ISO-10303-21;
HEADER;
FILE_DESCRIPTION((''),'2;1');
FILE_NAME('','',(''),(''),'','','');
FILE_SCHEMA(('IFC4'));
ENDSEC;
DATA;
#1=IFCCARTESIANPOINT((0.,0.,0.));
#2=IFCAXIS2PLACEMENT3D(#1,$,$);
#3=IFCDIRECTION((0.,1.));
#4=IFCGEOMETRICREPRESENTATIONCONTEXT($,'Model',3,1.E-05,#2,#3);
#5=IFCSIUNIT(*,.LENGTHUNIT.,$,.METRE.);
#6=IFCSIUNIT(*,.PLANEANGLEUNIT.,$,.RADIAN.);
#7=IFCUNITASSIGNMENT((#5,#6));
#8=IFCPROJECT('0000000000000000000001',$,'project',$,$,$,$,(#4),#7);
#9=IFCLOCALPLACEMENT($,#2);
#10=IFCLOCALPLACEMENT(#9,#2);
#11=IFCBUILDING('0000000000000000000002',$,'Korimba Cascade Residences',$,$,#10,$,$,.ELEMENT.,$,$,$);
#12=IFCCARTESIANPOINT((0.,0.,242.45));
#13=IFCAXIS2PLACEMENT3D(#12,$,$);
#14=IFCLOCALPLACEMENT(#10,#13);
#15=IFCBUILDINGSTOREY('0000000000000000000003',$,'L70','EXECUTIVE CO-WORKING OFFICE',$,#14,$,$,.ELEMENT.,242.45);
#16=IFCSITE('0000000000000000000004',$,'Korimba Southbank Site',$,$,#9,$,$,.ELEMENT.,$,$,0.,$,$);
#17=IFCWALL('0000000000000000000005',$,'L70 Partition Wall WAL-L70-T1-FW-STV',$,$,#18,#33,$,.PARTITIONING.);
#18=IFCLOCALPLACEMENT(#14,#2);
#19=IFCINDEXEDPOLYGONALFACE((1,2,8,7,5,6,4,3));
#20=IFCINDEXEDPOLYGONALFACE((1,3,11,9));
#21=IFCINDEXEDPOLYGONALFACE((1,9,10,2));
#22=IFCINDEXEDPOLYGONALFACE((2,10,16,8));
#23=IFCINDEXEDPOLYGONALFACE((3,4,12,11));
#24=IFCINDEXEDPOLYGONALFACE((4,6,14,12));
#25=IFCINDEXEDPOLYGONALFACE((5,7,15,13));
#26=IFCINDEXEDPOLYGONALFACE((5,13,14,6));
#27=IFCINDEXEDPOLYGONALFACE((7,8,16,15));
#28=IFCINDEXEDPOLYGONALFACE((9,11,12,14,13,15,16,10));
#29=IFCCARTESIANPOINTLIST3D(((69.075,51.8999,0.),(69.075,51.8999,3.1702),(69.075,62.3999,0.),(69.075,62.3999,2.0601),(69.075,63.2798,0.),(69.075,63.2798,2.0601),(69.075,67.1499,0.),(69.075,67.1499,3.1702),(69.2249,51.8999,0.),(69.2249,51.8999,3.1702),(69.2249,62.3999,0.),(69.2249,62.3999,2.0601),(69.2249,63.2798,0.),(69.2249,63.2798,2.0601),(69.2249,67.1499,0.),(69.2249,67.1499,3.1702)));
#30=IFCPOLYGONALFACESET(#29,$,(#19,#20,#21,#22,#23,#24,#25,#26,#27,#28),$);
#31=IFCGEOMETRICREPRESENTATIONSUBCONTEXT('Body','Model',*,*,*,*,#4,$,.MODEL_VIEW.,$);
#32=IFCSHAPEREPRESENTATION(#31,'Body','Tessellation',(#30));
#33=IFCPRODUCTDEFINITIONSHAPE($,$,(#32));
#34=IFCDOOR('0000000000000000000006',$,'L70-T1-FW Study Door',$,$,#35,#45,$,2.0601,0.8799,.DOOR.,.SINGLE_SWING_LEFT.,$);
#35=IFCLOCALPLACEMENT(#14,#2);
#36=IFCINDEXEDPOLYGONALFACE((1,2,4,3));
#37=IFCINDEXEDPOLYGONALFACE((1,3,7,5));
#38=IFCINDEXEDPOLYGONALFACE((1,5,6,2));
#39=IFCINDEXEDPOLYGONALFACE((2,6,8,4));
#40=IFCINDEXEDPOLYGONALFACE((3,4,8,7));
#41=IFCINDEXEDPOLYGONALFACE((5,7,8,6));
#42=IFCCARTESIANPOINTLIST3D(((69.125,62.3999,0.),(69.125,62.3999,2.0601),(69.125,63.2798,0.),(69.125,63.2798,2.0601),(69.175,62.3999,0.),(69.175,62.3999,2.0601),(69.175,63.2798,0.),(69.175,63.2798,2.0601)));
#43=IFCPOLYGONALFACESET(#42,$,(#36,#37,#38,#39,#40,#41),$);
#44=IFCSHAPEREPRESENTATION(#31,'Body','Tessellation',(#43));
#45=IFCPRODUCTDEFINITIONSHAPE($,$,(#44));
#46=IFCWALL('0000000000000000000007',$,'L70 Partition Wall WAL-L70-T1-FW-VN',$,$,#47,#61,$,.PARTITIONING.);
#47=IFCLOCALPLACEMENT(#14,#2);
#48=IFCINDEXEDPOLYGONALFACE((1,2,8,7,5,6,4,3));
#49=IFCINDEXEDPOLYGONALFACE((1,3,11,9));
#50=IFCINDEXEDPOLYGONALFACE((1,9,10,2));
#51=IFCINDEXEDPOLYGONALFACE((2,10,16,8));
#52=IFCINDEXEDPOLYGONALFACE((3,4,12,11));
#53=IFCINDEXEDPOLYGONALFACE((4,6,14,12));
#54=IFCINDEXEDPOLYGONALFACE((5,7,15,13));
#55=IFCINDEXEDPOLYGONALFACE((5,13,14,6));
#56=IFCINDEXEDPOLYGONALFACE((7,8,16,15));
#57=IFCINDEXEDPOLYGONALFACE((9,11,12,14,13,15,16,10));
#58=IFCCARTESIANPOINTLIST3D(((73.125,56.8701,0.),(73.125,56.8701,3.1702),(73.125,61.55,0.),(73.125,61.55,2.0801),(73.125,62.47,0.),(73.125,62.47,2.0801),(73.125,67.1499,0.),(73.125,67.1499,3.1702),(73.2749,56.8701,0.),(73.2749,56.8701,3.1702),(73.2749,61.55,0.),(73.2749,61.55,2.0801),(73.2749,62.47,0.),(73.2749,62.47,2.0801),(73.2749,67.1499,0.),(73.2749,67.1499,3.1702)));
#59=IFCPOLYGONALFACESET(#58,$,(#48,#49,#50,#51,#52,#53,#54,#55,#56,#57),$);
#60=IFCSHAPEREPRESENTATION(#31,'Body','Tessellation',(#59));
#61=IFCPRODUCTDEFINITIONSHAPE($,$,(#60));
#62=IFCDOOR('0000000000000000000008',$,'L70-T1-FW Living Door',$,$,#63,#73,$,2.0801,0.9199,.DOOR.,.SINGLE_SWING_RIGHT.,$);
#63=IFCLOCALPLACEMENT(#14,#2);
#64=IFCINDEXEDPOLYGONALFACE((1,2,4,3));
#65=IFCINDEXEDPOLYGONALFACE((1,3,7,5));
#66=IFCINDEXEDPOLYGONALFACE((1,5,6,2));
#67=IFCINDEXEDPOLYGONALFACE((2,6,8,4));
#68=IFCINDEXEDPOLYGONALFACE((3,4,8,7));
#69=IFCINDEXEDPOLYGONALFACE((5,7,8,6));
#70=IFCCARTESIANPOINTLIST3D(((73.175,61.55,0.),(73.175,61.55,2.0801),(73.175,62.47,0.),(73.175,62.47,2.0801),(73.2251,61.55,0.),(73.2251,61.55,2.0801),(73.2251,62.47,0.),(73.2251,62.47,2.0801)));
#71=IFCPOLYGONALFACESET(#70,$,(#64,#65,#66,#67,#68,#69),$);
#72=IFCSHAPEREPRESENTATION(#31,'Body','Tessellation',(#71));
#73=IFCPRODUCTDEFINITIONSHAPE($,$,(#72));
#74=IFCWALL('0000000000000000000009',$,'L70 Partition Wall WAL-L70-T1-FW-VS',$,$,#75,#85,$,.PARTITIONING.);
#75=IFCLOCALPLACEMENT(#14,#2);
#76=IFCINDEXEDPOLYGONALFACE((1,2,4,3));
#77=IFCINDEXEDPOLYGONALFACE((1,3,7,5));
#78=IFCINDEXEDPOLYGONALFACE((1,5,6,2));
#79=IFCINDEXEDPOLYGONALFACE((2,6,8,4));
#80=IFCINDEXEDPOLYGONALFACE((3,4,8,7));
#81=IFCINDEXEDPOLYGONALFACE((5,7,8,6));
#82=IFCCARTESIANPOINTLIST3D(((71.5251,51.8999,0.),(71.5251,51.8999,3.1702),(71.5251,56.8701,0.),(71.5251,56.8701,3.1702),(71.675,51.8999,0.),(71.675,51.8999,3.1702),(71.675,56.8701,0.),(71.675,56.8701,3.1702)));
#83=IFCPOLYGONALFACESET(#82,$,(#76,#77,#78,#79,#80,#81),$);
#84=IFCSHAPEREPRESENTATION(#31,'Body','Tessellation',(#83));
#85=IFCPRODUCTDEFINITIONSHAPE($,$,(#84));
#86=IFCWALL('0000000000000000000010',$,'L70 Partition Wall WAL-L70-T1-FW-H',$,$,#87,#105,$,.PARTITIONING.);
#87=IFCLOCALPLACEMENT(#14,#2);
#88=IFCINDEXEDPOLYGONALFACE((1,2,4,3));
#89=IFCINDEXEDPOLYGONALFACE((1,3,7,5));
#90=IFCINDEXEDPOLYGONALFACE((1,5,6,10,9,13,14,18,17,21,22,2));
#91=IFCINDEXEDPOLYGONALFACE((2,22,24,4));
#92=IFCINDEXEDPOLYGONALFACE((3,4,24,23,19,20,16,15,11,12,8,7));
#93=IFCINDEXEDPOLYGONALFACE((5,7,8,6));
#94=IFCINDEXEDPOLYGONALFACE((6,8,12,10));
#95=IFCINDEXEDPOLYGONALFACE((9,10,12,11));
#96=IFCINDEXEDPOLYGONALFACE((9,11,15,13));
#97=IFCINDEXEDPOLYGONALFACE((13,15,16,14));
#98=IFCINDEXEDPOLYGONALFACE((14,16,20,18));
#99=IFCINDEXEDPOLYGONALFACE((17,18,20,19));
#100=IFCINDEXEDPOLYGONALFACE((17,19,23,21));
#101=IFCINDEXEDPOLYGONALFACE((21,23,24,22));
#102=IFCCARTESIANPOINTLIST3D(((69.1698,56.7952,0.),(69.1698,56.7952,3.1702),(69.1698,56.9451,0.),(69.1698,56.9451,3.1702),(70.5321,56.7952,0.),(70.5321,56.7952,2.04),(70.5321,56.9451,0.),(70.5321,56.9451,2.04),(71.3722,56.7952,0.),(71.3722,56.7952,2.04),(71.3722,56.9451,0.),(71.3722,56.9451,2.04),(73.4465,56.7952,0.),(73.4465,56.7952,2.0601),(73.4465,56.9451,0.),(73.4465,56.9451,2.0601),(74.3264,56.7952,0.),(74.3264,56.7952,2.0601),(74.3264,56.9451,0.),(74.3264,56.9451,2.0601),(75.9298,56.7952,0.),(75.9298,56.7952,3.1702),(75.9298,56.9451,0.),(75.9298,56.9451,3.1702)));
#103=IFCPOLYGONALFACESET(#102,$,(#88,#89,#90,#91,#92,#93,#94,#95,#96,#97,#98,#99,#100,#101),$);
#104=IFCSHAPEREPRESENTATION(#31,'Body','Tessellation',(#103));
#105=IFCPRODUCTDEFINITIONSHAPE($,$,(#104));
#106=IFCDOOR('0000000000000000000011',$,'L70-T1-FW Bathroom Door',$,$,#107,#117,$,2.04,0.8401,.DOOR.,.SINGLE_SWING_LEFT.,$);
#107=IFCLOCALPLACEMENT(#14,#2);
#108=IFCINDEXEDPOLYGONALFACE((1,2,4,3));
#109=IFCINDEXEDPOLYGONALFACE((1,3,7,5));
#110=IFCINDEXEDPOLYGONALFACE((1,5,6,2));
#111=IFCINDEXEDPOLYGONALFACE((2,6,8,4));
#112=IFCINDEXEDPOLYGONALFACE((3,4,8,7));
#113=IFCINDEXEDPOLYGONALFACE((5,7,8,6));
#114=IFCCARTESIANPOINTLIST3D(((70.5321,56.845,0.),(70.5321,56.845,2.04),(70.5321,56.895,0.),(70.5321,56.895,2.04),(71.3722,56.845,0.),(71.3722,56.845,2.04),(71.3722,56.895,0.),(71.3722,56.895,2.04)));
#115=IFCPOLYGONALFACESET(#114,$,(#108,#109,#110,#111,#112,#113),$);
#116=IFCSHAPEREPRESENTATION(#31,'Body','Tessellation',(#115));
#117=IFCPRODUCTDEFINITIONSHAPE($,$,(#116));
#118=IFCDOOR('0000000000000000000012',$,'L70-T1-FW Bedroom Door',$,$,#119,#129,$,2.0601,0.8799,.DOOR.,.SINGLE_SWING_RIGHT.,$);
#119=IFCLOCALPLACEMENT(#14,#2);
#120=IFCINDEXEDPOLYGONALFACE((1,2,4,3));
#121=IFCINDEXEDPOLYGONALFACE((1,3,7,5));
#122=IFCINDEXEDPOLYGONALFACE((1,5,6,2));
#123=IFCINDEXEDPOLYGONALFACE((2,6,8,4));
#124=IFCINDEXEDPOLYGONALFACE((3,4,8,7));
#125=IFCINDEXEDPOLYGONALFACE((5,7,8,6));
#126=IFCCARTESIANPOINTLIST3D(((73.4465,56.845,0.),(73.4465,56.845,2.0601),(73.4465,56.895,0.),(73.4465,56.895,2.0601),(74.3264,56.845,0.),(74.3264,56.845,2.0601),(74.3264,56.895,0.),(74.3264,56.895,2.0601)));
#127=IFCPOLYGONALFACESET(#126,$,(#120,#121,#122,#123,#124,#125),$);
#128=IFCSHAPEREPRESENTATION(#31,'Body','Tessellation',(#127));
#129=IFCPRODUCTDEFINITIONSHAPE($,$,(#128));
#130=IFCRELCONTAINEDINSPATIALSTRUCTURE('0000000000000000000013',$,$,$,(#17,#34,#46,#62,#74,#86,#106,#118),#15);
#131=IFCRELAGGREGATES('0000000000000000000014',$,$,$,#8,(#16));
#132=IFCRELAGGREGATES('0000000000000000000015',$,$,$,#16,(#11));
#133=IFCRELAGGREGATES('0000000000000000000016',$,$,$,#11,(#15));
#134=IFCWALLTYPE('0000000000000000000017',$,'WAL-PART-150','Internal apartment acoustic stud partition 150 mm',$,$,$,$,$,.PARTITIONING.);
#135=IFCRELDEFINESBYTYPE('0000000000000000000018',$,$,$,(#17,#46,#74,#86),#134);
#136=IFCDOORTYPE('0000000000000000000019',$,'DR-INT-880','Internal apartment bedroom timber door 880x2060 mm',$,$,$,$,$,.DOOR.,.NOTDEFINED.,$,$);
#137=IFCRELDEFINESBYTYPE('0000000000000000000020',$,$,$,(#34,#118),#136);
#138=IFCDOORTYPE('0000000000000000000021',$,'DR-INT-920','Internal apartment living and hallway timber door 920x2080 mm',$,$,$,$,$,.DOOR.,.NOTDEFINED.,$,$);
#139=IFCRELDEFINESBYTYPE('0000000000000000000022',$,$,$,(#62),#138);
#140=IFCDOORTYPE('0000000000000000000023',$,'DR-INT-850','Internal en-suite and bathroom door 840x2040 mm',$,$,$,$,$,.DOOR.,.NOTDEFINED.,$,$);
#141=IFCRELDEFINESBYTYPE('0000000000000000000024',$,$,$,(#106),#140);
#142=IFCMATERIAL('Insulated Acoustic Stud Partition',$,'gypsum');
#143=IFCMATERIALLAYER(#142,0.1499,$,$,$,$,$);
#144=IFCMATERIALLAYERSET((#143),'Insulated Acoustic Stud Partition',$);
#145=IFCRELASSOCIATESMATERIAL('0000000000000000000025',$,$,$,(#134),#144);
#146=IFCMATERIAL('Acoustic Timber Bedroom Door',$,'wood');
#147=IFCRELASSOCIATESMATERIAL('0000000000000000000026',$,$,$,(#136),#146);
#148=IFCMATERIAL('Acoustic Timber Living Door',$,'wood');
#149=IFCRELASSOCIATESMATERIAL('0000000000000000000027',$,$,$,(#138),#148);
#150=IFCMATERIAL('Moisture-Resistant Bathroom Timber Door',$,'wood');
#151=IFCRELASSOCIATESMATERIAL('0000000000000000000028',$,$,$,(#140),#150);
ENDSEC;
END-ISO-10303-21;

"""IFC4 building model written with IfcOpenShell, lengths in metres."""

from ifc_helpers import new_model, si_unit, direction, frame, frame_2d, origin, place, context, subcontext, project, spatial, rectangle, extrude, material, layer, layer_set, type_object, element, fill, save


model = new_model("IFC4")

# Units and contexts
model_context = context("Model", 3, precision=1e-05, world=origin(), true_north=direction((0.0, 1.0)))
body_context = subcontext(model_context, "Body", "Model", "MODEL_VIEW")
ifc_project = project(units=[si_unit("LENGTHUNIT", "METRE"), si_unit("PLANEANGLEUNIT", "RADIAN")], contexts=[model_context])

# Site, building, storey
site_placement = place(None, origin())
site = spatial("IfcSite", under=ifc_project, at=site_placement, Name="Korimba Southbank Site", CompositionType="ELEMENT", RefElevation=0.0)
building_placement = place(site_placement, origin())
building = spatial("IfcBuilding", under=site, at=building_placement, Name="Korimba Cascade Residences", CompositionType="ELEMENT")
storey_placement = place(building_placement, frame((0.0, 0.0, 242.45)))
storey = spatial("IfcBuildingStorey", under=building, at=storey_placement, Name="L70", Description="EXECUTIVE CO-WORKING OFFICE", CompositionType="ELEMENT", Elevation=242.45)

# Walls, openings, doors
ifc_material_1 = material(Name="Insulated Acoustic Stud Partition", Category="gypsum")
ifc_layer_1 = layer(ifc_material_1, 0.1499)
ifc_layer_set_1 = layer_set([ifc_layer_1], Name="Insulated Acoustic Stud Partition")
wall_type_1 = type_object("IfcWallType", Name="WAL-PART-150", Description="Internal apartment acoustic stud partition 150 mm", PredefinedType="PARTITIONING", material=ifc_layer_set_1)
wall_1_placement = place(storey_placement, frame((69.1499, 51.8999, 0.0), z_axis=(0.0, 0.0, 1.0), x_axis=(0.0, 1.0, 0.0)))
wall_1 = element("IfcWall", 1, at=wall_1_placement, inside=storey, type_object=wall_type_1, Name="L70 Partition Wall WAL-L70-T1-FW-STV", PredefinedType="PARTITIONING", context=body_context, shape_type="SweptSolid", body=[
    extrude(rectangle(XDim=15.25, YDim=0.1499, at=frame_2d((7.625, 0.0))), origin(), (0.0, 0.0, 1.0), 3.1702),
])
opening_1_placement = place(wall_1_placement, frame((10.5, 0.0, 0.0)))
opening_1 = element("IfcOpeningElement", 2, at=opening_1_placement, cuts=wall_1, PredefinedType="OPENING", context=body_context, shape_type="SweptSolid", body=[
    extrude(rectangle(XDim=0.8799, YDim=2.0601, at=frame_2d((0.4399, 1.03))), frame((0.0, 0.085, 0.0), z_axis=(0.0, -1.0, 0.0), x_axis=(1.0, 0.0, 0.0)), (0.0, 0.0, 1.0), 0.1699),
])
ifc_material_2 = material(Name="Acoustic Timber Bedroom Door", Category="wood")
door_type_1 = type_object("IfcDoorType", Name="DR-INT-880", Description="Internal apartment bedroom timber door 880x2060 mm", OperationType="NOTDEFINED", PredefinedType="DOOR", material=ifc_material_2)
door_1_placement = place(opening_1_placement, origin())
door_1 = element("IfcDoor", 3, at=door_1_placement, inside=storey, type_object=door_type_1, Name="L70-T1-FW Study Door", OperationType="SINGLE_SWING_LEFT", OverallHeight=2.0601, OverallWidth=0.8799, PredefinedType="DOOR", context=body_context, shape_type="SweptSolid", body=[
    extrude(rectangle(XDim=0.8799, YDim=2.0601, at=frame_2d((0.4399, 1.03))), frame((0.0, 0.0249, 0.0), z_axis=(0.0, -1.0, 0.0), x_axis=(1.0, 0.0, 0.0)), (0.0, 0.0, 1.0), 0.05),
])
fill(opening_1, door_1)
wall_2_placement = place(storey_placement, frame((73.2, 56.8701, 0.0), z_axis=(0.0, 0.0, 1.0), x_axis=(0.0, 1.0, 0.0)))
wall_2 = element("IfcWall", 4, at=wall_2_placement, inside=storey, type_object=wall_type_1, Name="L70 Partition Wall WAL-L70-T1-FW-VN", PredefinedType="PARTITIONING", context=body_context, shape_type="SweptSolid", body=[
    extrude(rectangle(XDim=10.2798, YDim=0.1499, at=frame_2d((5.1399, 0.0))), origin(), (0.0, 0.0, 1.0), 3.1702),
])
opening_2_placement = place(wall_2_placement, frame((4.6799, 0.0, 0.0)))
opening_2 = element("IfcOpeningElement", 5, at=opening_2_placement, cuts=wall_2, PredefinedType="OPENING", context=body_context, shape_type="SweptSolid", body=[
    extrude(rectangle(XDim=0.9199, YDim=2.0801, at=frame_2d((0.46, 1.04))), frame((0.0, 0.085, 0.0), z_axis=(0.0, -1.0, 0.0), x_axis=(1.0, 0.0, 0.0)), (0.0, 0.0, 1.0), 0.1699),
])
ifc_material_3 = material(Name="Acoustic Timber Living Door", Category="wood")
door_type_2 = type_object("IfcDoorType", Name="DR-INT-920", Description="Internal apartment living and hallway timber door 920x2080 mm", OperationType="NOTDEFINED", PredefinedType="DOOR", material=ifc_material_3)
door_2_placement = place(opening_2_placement, origin())
door_2 = element("IfcDoor", 6, at=door_2_placement, inside=storey, type_object=door_type_2, Name="L70-T1-FW Living Door", OperationType="SINGLE_SWING_RIGHT", OverallHeight=2.0801, OverallWidth=0.9199, PredefinedType="DOOR", context=body_context, shape_type="SweptSolid", body=[
    extrude(rectangle(XDim=0.9199, YDim=2.0801, at=frame_2d((0.46, 1.04))), frame((0.0, 0.0249, 0.0), z_axis=(0.0, -1.0, 0.0), x_axis=(1.0, 0.0, 0.0)), (0.0, 0.0, 1.0), 0.05),
])
fill(opening_2, door_2)

# Wall
wall_3_placement = place(storey_placement, frame((71.6001, 51.8999, 0.0), z_axis=(0.0, 0.0, 1.0), x_axis=(0.0, 1.0, 0.0)))
element("IfcWall", 7, at=wall_3_placement, inside=storey, type_object=wall_type_1, Name="L70 Partition Wall WAL-L70-T1-FW-VS", PredefinedType="PARTITIONING", context=body_context, shape_type="SweptSolid", body=[
    extrude(rectangle(XDim=4.9702, YDim=0.1499, at=frame_2d((2.4851, 0.0))), origin(), (0.0, 0.0, 1.0), 3.1702),
])

# Wall, openings, doors
wall_4_placement = place(storey_placement, frame((69.1699, 56.8701, 0.0), z_axis=(0.0, 0.0, 1.0), x_axis=(1.0, 0.0, 0.0)))
wall_4 = element("IfcWall", 8, at=wall_4_placement, inside=storey, type_object=wall_type_1, Name="L70 Partition Wall WAL-L70-T1-FW-H", PredefinedType="PARTITIONING", context=body_context, shape_type="SweptSolid", body=[
    extrude(rectangle(XDim=6.76, YDim=0.1499, at=frame_2d((3.3799, 0.0))), origin(), (0.0, 0.0, 1.0), 3.1702),
])
opening_3_placement = place(wall_4_placement, frame((1.3623, 0.0, 0.0)))
opening_3 = element("IfcOpeningElement", 9, at=opening_3_placement, cuts=wall_4, PredefinedType="OPENING", context=body_context, shape_type="SweptSolid", body=[
    extrude(rectangle(XDim=0.8401, YDim=2.04, at=frame_2d((0.4199, 1.02))), frame((0.0, 0.085, 0.0), z_axis=(0.0, -1.0, 0.0), x_axis=(1.0, 0.0, 0.0)), (0.0, 0.0, 1.0), 0.1699),
])
opening_4_placement = place(wall_4_placement, frame((4.2766, 0.0, 0.0)))
opening_4 = element("IfcOpeningElement", 10, at=opening_4_placement, cuts=wall_4, PredefinedType="OPENING", context=body_context, shape_type="SweptSolid", body=[
    extrude(rectangle(XDim=0.8799, YDim=2.0601, at=frame_2d((0.4399, 1.03))), frame((0.0, 0.085, 0.0), z_axis=(0.0, -1.0, 0.0), x_axis=(1.0, 0.0, 0.0)), (0.0, 0.0, 1.0), 0.1699),
])
ifc_material_4 = material(Name="Moisture-Resistant Bathroom Timber Door", Category="wood")
door_type_3 = type_object("IfcDoorType", Name="DR-INT-850", Description="Internal en-suite and bathroom door 840x2040 mm", OperationType="NOTDEFINED", PredefinedType="DOOR", material=ifc_material_4)
door_3_placement = place(opening_3_placement, origin())
door_3 = element("IfcDoor", 11, at=door_3_placement, inside=storey, type_object=door_type_3, Name="L70-T1-FW Bathroom Door", OperationType="SINGLE_SWING_LEFT", OverallHeight=2.04, OverallWidth=0.8401, PredefinedType="DOOR", context=body_context, shape_type="SweptSolid", body=[
    extrude(rectangle(XDim=0.8401, YDim=2.04, at=frame_2d((0.4199, 1.02))), frame((0.0, 0.0249, 0.0), z_axis=(0.0, -1.0, 0.0), x_axis=(1.0, 0.0, 0.0)), (0.0, 0.0, 1.0), 0.05),
])
fill(opening_3, door_3)
door_4_placement = place(opening_4_placement, origin())
door_4 = element("IfcDoor", 12, at=door_4_placement, inside=storey, type_object=door_type_1, Name="L70-T1-FW Bedroom Door", OperationType="SINGLE_SWING_RIGHT", OverallHeight=2.0601, OverallWidth=0.8799, PredefinedType="DOOR", context=body_context, shape_type="SweptSolid", body=[
    extrude(rectangle(XDim=0.8799, YDim=2.0601, at=frame_2d((0.4399, 1.03))), frame((0.0, 0.0249, 0.0), z_axis=(0.0, -1.0, 0.0), x_axis=(1.0, 0.0, 0.0)), (0.0, 0.0, 1.0), 0.05),
])
fill(opening_4, door_4)

save(model, "model.ifc")
